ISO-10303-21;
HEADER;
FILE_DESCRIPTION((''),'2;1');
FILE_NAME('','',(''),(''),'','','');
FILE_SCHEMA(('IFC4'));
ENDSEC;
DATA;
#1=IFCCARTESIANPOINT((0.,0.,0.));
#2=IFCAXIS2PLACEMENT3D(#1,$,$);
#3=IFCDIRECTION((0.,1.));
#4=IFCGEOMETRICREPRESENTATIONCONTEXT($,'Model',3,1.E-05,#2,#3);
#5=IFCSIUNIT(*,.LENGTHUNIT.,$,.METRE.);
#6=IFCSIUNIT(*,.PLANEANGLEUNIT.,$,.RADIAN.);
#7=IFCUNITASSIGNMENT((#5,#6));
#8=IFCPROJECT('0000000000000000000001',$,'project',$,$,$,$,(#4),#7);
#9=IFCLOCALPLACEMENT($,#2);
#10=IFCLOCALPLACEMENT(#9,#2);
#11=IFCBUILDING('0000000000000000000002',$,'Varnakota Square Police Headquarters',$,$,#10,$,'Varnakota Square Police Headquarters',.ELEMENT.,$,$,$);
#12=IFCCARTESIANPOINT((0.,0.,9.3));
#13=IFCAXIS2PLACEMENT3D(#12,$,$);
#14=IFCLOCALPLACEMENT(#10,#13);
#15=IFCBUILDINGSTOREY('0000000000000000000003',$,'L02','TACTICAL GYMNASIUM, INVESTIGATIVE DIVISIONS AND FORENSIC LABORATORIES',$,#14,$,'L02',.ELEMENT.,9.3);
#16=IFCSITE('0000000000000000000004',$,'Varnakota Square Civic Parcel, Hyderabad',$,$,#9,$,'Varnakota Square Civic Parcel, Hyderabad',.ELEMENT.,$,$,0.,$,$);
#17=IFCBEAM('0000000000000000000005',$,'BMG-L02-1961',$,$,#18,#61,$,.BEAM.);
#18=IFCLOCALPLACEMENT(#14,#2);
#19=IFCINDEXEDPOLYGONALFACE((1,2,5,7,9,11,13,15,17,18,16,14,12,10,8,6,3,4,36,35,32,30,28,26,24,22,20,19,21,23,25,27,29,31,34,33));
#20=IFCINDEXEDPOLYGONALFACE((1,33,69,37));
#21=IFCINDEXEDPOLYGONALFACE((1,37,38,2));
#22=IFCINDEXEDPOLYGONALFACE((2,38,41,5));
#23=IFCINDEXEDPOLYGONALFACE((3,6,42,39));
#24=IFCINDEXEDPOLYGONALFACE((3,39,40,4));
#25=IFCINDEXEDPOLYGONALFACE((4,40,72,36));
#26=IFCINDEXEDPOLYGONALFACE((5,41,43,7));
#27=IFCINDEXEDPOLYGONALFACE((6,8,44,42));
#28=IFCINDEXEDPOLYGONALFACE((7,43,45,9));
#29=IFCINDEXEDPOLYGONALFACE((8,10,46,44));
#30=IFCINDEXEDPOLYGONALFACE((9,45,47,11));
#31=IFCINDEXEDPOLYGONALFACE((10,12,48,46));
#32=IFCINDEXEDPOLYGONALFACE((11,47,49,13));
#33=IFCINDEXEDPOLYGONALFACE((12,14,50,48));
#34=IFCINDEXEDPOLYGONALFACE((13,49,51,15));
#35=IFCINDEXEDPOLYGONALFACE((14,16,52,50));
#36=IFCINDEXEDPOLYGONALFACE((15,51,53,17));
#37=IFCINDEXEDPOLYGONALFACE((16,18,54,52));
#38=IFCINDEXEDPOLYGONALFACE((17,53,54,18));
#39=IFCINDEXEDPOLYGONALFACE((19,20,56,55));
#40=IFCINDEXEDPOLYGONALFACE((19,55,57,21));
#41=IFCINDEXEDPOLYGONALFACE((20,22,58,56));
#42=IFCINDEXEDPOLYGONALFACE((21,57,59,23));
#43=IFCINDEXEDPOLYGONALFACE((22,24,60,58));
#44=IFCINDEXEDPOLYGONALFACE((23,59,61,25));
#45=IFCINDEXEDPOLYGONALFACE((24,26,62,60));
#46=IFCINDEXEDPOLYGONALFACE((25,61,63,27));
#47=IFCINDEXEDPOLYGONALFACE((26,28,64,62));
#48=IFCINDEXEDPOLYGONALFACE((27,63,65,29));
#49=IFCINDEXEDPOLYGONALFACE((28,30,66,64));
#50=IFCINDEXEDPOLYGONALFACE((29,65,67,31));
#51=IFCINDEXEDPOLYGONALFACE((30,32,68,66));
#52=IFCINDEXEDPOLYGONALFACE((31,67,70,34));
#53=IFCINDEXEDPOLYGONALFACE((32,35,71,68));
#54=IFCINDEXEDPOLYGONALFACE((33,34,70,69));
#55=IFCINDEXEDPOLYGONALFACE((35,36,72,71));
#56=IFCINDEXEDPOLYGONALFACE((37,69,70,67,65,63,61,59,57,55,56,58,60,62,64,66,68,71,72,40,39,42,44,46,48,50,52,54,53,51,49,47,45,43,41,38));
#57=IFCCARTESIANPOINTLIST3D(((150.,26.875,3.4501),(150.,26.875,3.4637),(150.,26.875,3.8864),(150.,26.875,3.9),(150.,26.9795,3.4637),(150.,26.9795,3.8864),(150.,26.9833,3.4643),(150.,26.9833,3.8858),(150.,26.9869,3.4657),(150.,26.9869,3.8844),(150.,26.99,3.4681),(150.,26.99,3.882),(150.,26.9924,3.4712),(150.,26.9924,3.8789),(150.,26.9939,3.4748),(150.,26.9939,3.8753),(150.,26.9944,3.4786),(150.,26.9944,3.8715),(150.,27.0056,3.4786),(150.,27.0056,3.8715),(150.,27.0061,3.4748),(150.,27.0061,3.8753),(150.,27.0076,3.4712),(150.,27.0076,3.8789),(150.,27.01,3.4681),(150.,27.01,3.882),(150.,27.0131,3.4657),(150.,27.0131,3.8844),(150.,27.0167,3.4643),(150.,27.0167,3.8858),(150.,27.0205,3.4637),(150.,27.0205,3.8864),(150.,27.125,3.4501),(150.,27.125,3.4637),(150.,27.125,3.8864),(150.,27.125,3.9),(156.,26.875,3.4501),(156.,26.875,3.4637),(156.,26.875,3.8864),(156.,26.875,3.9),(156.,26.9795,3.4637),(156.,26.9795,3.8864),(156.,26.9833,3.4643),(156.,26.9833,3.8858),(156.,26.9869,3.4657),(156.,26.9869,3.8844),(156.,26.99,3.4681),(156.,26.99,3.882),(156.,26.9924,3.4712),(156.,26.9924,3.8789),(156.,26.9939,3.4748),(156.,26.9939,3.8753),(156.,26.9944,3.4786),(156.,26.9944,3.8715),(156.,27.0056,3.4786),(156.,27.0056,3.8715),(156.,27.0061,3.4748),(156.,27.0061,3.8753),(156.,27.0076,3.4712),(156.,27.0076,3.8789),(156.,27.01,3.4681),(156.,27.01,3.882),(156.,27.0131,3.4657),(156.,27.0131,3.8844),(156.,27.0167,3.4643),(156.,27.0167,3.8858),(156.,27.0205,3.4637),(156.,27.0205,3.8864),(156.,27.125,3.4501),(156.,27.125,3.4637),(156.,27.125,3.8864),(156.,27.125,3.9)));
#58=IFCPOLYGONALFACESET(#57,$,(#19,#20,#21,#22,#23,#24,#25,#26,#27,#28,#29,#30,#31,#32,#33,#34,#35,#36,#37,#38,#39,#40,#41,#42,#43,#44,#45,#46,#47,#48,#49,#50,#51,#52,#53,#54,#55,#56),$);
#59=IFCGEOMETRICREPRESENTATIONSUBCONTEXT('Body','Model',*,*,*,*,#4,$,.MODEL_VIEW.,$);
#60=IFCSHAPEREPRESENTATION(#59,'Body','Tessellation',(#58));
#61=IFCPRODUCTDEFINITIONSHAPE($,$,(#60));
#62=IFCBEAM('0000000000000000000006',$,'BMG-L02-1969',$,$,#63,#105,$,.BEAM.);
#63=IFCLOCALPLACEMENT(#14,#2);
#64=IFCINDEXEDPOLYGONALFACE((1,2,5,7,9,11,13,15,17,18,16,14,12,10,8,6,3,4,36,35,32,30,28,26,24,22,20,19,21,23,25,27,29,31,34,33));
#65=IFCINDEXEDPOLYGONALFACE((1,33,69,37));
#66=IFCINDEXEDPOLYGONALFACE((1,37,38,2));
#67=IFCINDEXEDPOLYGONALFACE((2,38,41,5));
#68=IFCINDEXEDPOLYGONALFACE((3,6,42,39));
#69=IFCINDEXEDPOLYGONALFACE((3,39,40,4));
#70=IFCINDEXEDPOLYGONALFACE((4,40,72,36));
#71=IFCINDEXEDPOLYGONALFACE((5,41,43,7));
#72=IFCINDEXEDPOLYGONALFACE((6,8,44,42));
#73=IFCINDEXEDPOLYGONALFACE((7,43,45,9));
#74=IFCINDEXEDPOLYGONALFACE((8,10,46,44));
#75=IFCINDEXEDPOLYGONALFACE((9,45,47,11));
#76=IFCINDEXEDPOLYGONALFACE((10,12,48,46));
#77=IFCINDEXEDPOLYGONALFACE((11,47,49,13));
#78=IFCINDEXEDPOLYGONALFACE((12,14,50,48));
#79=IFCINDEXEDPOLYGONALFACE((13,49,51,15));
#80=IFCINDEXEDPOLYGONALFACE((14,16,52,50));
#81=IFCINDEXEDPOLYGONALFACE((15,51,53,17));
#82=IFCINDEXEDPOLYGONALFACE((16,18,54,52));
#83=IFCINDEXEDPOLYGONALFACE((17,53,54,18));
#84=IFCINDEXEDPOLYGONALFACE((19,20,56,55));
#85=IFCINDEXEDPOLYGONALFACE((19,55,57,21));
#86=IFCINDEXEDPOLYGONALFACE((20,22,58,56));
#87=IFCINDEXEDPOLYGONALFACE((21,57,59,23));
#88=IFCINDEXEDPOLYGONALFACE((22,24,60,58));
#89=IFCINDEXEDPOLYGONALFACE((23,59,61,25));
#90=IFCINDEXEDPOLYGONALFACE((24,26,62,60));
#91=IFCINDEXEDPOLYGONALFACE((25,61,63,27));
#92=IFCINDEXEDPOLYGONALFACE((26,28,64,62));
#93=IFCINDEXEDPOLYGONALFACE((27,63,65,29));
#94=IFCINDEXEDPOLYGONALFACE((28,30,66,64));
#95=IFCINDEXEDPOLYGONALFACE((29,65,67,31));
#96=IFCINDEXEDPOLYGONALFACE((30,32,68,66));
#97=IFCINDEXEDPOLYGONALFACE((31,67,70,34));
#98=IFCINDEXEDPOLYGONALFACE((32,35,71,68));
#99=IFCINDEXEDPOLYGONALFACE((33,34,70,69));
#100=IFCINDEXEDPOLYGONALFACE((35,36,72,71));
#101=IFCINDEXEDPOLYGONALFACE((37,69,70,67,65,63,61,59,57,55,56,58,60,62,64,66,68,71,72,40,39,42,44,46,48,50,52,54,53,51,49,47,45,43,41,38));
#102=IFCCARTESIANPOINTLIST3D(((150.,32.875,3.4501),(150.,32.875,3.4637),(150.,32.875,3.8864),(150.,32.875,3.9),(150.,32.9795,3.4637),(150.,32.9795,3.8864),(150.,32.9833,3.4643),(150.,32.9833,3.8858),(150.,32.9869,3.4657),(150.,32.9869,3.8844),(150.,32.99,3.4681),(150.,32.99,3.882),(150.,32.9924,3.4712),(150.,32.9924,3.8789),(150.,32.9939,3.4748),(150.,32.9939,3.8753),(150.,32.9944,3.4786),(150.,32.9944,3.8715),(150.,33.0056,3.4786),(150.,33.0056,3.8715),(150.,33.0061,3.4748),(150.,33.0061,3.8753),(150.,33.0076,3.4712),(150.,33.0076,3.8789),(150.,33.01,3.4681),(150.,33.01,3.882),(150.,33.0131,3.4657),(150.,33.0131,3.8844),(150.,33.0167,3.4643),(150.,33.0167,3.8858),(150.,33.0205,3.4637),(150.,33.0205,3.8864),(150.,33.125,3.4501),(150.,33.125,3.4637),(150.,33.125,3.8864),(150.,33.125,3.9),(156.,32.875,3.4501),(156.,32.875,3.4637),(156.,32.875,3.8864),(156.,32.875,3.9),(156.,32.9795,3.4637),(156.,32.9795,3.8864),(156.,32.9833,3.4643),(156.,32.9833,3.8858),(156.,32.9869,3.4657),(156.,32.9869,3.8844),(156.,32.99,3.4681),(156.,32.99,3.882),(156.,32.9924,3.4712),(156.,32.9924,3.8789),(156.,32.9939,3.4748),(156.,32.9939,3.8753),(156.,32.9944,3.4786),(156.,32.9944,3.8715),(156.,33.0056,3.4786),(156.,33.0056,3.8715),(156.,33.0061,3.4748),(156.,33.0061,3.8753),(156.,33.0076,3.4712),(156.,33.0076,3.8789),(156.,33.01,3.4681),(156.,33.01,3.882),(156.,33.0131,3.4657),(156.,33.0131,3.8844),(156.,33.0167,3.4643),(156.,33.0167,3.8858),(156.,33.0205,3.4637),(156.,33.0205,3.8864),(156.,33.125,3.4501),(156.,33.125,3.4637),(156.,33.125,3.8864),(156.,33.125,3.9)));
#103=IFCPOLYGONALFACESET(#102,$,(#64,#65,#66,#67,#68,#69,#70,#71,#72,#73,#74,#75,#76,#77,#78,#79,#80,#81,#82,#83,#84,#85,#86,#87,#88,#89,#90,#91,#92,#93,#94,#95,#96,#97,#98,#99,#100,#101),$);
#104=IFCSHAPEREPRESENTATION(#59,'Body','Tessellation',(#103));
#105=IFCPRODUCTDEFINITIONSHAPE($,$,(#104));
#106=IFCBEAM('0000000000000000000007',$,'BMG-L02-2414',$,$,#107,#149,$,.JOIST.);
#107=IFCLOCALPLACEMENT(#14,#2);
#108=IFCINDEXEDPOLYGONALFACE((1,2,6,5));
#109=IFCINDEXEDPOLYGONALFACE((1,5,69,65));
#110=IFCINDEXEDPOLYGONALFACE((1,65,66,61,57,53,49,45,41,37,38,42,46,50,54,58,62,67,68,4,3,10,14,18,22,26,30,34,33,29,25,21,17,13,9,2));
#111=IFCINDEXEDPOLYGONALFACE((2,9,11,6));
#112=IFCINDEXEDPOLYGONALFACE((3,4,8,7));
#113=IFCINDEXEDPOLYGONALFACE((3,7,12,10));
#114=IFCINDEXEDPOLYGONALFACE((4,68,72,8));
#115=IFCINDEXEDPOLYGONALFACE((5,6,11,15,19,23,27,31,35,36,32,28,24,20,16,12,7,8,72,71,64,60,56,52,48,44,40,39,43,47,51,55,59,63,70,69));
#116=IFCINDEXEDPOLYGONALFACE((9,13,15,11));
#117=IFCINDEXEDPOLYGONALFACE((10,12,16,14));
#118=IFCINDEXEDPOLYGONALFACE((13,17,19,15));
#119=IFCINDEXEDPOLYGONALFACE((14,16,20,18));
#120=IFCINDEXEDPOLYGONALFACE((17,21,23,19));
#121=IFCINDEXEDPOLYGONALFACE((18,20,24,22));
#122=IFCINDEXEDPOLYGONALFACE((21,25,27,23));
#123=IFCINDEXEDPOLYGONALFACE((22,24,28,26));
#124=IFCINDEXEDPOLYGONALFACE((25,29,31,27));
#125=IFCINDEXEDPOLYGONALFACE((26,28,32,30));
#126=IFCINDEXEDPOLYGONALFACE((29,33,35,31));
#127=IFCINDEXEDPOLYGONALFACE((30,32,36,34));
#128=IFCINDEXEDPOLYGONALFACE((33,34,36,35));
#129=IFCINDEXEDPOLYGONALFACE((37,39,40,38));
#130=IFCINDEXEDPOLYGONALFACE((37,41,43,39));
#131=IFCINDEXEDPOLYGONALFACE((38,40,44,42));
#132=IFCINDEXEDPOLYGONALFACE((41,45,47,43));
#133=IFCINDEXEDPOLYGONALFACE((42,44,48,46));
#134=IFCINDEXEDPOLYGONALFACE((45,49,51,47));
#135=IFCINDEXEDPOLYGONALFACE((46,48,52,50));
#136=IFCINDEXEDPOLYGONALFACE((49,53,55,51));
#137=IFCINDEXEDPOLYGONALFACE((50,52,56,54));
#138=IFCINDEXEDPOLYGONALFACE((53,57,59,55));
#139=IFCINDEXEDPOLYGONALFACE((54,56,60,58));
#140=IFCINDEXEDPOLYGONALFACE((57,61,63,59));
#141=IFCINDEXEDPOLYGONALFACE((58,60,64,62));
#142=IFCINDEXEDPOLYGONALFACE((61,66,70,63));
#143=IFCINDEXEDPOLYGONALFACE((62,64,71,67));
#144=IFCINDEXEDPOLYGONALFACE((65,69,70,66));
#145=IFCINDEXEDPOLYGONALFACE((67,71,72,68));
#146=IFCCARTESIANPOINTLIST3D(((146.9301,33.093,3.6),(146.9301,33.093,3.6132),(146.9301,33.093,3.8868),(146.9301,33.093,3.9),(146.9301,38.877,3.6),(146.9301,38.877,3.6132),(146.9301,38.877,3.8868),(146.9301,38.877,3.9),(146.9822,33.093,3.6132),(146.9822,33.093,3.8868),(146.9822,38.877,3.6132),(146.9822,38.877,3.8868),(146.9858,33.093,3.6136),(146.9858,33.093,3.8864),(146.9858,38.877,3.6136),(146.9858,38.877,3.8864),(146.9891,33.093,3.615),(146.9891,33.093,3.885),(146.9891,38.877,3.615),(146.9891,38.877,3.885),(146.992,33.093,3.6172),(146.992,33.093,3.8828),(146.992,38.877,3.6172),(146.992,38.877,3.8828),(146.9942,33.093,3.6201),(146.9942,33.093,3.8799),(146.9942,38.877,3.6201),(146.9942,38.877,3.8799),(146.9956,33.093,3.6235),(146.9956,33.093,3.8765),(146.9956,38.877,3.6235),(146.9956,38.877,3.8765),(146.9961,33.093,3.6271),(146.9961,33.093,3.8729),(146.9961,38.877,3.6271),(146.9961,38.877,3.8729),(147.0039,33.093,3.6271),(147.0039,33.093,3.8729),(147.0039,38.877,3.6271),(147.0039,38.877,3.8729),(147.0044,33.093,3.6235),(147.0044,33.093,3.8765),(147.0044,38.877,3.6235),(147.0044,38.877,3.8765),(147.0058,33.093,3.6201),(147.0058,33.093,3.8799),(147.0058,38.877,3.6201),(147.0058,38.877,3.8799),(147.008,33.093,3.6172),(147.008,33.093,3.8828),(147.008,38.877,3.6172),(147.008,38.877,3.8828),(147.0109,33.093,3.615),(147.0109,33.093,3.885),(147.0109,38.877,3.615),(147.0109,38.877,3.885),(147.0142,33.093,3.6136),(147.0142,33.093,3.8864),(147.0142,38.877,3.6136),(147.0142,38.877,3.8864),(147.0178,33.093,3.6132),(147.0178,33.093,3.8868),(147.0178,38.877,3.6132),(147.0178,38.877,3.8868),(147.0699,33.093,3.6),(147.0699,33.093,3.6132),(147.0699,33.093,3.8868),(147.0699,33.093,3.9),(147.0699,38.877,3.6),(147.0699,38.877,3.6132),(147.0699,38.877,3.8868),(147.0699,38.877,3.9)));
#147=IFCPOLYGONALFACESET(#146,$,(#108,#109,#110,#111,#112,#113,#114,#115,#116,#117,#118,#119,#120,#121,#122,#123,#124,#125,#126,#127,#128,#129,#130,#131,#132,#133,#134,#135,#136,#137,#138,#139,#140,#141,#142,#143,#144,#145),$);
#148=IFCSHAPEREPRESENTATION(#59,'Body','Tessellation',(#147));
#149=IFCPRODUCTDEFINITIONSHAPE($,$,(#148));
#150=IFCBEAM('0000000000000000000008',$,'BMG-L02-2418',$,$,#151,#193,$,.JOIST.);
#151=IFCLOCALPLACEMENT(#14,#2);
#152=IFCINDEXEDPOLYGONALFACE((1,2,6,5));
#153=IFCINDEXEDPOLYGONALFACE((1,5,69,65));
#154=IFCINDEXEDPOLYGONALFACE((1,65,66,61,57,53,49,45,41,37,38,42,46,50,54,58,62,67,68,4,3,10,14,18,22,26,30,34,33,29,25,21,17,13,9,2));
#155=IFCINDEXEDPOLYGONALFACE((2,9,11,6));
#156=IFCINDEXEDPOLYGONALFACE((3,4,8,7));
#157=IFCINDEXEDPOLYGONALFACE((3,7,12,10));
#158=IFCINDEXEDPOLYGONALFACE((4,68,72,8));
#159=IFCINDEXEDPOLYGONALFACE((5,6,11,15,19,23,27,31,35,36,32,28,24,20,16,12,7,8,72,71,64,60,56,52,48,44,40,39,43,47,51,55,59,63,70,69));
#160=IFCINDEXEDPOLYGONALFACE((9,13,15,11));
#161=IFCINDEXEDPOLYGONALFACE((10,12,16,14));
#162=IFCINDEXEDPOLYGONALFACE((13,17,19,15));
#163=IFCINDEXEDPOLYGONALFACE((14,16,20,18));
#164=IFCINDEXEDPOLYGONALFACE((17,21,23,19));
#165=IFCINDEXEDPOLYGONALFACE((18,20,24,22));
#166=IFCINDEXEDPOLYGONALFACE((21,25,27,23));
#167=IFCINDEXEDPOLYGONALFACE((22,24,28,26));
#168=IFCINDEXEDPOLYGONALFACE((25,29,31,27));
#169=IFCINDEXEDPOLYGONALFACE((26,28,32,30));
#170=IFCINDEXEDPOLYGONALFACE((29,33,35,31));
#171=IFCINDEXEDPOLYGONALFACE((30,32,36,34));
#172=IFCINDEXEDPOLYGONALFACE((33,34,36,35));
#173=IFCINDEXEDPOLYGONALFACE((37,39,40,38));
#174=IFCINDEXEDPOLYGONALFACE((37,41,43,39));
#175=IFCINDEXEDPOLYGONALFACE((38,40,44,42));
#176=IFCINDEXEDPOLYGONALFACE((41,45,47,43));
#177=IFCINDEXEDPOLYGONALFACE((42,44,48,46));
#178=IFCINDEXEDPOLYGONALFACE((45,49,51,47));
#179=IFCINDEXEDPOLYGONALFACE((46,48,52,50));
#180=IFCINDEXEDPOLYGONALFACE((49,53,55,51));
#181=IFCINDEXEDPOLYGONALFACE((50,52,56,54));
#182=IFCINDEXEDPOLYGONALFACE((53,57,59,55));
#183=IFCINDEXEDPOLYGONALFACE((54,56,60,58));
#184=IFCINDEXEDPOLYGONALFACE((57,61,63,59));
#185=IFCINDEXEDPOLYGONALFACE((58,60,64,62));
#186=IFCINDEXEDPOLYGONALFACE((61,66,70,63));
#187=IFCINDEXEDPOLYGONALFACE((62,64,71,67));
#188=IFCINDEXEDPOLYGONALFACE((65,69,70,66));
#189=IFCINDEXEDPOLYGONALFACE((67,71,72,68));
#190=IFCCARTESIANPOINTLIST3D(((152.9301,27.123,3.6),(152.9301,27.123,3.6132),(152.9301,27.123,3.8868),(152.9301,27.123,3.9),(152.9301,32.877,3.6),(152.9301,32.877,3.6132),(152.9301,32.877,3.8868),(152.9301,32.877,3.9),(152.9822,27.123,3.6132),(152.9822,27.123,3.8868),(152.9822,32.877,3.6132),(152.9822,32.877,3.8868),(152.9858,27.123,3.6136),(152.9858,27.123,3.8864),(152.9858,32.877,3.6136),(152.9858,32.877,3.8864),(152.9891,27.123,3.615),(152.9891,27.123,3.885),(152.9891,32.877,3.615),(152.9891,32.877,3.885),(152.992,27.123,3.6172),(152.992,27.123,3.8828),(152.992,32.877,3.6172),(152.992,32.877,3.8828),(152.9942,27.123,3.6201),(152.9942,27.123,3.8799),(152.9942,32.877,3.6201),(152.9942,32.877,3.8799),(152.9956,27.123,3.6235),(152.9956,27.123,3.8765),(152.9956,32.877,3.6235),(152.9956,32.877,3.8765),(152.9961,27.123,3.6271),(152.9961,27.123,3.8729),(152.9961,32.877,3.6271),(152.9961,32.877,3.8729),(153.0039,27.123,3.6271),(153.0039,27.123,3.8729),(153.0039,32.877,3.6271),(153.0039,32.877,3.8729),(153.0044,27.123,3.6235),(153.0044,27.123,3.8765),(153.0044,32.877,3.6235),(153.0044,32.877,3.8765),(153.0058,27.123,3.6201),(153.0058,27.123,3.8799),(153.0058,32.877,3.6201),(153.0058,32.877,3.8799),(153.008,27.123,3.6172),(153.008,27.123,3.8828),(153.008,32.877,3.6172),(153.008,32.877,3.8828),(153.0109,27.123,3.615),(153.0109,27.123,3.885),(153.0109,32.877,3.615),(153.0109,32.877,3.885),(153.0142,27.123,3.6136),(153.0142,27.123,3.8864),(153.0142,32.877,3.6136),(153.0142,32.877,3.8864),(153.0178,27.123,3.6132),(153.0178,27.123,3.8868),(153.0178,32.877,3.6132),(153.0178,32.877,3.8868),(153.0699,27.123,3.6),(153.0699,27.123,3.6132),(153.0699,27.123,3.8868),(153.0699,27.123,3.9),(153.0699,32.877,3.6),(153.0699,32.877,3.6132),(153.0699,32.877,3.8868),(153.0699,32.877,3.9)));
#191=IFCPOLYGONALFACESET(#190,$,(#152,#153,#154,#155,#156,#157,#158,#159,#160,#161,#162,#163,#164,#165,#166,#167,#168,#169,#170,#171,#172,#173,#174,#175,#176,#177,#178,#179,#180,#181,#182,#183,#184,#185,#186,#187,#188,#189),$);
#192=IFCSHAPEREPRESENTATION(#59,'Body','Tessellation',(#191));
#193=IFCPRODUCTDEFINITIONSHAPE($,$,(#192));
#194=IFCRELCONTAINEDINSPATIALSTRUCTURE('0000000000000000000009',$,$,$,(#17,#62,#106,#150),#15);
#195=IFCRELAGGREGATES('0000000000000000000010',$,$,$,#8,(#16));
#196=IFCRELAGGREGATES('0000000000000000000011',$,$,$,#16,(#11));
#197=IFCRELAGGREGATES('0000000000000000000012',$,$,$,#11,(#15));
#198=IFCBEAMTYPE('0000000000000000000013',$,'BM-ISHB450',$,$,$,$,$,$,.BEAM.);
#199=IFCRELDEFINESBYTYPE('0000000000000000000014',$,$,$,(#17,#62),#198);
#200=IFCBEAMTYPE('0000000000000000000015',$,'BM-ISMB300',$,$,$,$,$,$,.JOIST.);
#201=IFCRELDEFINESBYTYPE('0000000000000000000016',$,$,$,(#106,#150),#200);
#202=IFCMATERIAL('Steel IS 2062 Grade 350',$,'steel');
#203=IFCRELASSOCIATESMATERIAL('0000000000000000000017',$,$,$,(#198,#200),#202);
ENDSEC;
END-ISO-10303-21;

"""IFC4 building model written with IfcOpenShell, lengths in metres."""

from ifc_helpers import new_model, si_unit, direction, frame, origin, origin_2d, place, context, subcontext, project, spatial, i_section, extrude, material, material_profile, profile_set, type_object, element, save


model = new_model("IFC4")

# Units and contexts
model_context = context("Model", 3, precision=1e-05, world=origin(), true_north=direction((0.0, 1.0)))
body_context = subcontext(model_context, "Body", "Model", "MODEL_VIEW")
ifc_project = project(units=[si_unit("LENGTHUNIT", "METRE"), si_unit("PLANEANGLEUNIT", "RADIAN")], contexts=[model_context])

# Site, building, storey
site_placement = place(None, origin())
site = spatial("IfcSite", under=ifc_project, at=site_placement, Name="Varnakota Square Civic Parcel, Hyderabad", LongName="Varnakota Square Civic Parcel, Hyderabad", CompositionType="ELEMENT", RefElevation=0.0)
building_placement = place(site_placement, origin())
building = spatial("IfcBuilding", under=site, at=building_placement, Name="Varnakota Square Police Headquarters", LongName="Varnakota Square Police Headquarters", CompositionType="ELEMENT")
storey_placement = place(building_placement, frame((0.0, 0.0, 9.3)))
storey = spatial("IfcBuildingStorey", under=building, at=storey_placement, Name="L02", Description="TACTICAL GYMNASIUM, INVESTIGATIVE DIVISIONS AND FORENSIC LABORATORIES", LongName="L02", CompositionType="ELEMENT", Elevation=9.3)

# Shared definitions
ifc_material_1 = material(Name="Steel IS 2062 Grade 350", Category="steel")

# Beams
ifc_material_profile_1 = material_profile(ifc_material_1, i_section(OverallWidth=0.25, OverallDepth=0.45, WebThickness=0.0112, FlangeThickness=0.0137, FilletRadius=0.0149, at=origin_2d()), Name="ISHB 450")
ifc_profile_set_1 = profile_set([ifc_material_profile_1], Name="Steel IS 2062 Grade 350")
beam_type_1 = type_object("IfcBeamType", Name="BM-ISHB450", PredefinedType="BEAM", material=ifc_profile_set_1)
for number, where, z_axis, x_axis, name in (
    (1, (150.0, 27.0, 3.675), (1.0, 0.0, 0.0), (0.0, 1.0, 0.0), "BMG-L02-1961"),
    (2, (150.0, 33.0, 3.675), (1.0, 0.0, 0.0), (0.0, 1.0, 0.0), "BMG-L02-1969"),
):
    element("IfcBeam", number, at=place(storey_placement, frame(where, z_axis=z_axis, x_axis=x_axis)), inside=storey, type_object=beam_type_1, Name=name, PredefinedType="BEAM", context=body_context, shape_type="SweptSolid", body=[
        extrude(i_section(OverallWidth=0.25, OverallDepth=0.45, WebThickness=0.0112, FlangeThickness=0.0137, FilletRadius=0.0149, at=origin_2d()), origin(), (0.0, 0.0, 1.0), 6.0),
    ])
ifc_material_profile_2 = material_profile(ifc_material_1, i_section(OverallWidth=0.1399, OverallDepth=0.3, WebThickness=0.0078, FlangeThickness=0.0132, FilletRadius=0.0139, at=origin_2d()), Name="ISMB 300")
ifc_profile_set_2 = profile_set([ifc_material_profile_2], Name="Steel IS 2062 Grade 350")
beam_type_2 = type_object("IfcBeamType", Name="BM-ISMB300", PredefinedType="JOIST", material=ifc_profile_set_2)
beam_1_placement = place(storey_placement, frame((147.0, 33.093, 3.75), z_axis=(0.0, 1.0, 0.0), x_axis=(-1.0, 0.0, 0.0)))
element("IfcBeam", 3, at=beam_1_placement, inside=storey, type_object=beam_type_2, Name="BMG-L02-2414", PredefinedType="JOIST", context=body_context, shape_type="SweptSolid", body=[
    extrude(i_section(OverallWidth=0.1399, OverallDepth=0.3, WebThickness=0.0078, FlangeThickness=0.0132, FilletRadius=0.0139, at=origin_2d()), origin(), (0.0, 0.0, 1.0), 5.7839),
])
beam_2_placement = place(storey_placement, frame((153.0, 27.123, 3.75), z_axis=(0.0, 1.0, 0.0), x_axis=(-1.0, 0.0, 0.0)))
element("IfcBeam", 4, at=beam_2_placement, inside=storey, type_object=beam_type_2, Name="BMG-L02-2418", PredefinedType="JOIST", context=body_context, shape_type="SweptSolid", body=[
    extrude(i_section(OverallWidth=0.1399, OverallDepth=0.3, WebThickness=0.0078, FlangeThickness=0.0132, FilletRadius=0.0139, at=origin_2d()), origin(), (0.0, 0.0, 1.0), 5.7539),
])

save(model, "model.ifc")
